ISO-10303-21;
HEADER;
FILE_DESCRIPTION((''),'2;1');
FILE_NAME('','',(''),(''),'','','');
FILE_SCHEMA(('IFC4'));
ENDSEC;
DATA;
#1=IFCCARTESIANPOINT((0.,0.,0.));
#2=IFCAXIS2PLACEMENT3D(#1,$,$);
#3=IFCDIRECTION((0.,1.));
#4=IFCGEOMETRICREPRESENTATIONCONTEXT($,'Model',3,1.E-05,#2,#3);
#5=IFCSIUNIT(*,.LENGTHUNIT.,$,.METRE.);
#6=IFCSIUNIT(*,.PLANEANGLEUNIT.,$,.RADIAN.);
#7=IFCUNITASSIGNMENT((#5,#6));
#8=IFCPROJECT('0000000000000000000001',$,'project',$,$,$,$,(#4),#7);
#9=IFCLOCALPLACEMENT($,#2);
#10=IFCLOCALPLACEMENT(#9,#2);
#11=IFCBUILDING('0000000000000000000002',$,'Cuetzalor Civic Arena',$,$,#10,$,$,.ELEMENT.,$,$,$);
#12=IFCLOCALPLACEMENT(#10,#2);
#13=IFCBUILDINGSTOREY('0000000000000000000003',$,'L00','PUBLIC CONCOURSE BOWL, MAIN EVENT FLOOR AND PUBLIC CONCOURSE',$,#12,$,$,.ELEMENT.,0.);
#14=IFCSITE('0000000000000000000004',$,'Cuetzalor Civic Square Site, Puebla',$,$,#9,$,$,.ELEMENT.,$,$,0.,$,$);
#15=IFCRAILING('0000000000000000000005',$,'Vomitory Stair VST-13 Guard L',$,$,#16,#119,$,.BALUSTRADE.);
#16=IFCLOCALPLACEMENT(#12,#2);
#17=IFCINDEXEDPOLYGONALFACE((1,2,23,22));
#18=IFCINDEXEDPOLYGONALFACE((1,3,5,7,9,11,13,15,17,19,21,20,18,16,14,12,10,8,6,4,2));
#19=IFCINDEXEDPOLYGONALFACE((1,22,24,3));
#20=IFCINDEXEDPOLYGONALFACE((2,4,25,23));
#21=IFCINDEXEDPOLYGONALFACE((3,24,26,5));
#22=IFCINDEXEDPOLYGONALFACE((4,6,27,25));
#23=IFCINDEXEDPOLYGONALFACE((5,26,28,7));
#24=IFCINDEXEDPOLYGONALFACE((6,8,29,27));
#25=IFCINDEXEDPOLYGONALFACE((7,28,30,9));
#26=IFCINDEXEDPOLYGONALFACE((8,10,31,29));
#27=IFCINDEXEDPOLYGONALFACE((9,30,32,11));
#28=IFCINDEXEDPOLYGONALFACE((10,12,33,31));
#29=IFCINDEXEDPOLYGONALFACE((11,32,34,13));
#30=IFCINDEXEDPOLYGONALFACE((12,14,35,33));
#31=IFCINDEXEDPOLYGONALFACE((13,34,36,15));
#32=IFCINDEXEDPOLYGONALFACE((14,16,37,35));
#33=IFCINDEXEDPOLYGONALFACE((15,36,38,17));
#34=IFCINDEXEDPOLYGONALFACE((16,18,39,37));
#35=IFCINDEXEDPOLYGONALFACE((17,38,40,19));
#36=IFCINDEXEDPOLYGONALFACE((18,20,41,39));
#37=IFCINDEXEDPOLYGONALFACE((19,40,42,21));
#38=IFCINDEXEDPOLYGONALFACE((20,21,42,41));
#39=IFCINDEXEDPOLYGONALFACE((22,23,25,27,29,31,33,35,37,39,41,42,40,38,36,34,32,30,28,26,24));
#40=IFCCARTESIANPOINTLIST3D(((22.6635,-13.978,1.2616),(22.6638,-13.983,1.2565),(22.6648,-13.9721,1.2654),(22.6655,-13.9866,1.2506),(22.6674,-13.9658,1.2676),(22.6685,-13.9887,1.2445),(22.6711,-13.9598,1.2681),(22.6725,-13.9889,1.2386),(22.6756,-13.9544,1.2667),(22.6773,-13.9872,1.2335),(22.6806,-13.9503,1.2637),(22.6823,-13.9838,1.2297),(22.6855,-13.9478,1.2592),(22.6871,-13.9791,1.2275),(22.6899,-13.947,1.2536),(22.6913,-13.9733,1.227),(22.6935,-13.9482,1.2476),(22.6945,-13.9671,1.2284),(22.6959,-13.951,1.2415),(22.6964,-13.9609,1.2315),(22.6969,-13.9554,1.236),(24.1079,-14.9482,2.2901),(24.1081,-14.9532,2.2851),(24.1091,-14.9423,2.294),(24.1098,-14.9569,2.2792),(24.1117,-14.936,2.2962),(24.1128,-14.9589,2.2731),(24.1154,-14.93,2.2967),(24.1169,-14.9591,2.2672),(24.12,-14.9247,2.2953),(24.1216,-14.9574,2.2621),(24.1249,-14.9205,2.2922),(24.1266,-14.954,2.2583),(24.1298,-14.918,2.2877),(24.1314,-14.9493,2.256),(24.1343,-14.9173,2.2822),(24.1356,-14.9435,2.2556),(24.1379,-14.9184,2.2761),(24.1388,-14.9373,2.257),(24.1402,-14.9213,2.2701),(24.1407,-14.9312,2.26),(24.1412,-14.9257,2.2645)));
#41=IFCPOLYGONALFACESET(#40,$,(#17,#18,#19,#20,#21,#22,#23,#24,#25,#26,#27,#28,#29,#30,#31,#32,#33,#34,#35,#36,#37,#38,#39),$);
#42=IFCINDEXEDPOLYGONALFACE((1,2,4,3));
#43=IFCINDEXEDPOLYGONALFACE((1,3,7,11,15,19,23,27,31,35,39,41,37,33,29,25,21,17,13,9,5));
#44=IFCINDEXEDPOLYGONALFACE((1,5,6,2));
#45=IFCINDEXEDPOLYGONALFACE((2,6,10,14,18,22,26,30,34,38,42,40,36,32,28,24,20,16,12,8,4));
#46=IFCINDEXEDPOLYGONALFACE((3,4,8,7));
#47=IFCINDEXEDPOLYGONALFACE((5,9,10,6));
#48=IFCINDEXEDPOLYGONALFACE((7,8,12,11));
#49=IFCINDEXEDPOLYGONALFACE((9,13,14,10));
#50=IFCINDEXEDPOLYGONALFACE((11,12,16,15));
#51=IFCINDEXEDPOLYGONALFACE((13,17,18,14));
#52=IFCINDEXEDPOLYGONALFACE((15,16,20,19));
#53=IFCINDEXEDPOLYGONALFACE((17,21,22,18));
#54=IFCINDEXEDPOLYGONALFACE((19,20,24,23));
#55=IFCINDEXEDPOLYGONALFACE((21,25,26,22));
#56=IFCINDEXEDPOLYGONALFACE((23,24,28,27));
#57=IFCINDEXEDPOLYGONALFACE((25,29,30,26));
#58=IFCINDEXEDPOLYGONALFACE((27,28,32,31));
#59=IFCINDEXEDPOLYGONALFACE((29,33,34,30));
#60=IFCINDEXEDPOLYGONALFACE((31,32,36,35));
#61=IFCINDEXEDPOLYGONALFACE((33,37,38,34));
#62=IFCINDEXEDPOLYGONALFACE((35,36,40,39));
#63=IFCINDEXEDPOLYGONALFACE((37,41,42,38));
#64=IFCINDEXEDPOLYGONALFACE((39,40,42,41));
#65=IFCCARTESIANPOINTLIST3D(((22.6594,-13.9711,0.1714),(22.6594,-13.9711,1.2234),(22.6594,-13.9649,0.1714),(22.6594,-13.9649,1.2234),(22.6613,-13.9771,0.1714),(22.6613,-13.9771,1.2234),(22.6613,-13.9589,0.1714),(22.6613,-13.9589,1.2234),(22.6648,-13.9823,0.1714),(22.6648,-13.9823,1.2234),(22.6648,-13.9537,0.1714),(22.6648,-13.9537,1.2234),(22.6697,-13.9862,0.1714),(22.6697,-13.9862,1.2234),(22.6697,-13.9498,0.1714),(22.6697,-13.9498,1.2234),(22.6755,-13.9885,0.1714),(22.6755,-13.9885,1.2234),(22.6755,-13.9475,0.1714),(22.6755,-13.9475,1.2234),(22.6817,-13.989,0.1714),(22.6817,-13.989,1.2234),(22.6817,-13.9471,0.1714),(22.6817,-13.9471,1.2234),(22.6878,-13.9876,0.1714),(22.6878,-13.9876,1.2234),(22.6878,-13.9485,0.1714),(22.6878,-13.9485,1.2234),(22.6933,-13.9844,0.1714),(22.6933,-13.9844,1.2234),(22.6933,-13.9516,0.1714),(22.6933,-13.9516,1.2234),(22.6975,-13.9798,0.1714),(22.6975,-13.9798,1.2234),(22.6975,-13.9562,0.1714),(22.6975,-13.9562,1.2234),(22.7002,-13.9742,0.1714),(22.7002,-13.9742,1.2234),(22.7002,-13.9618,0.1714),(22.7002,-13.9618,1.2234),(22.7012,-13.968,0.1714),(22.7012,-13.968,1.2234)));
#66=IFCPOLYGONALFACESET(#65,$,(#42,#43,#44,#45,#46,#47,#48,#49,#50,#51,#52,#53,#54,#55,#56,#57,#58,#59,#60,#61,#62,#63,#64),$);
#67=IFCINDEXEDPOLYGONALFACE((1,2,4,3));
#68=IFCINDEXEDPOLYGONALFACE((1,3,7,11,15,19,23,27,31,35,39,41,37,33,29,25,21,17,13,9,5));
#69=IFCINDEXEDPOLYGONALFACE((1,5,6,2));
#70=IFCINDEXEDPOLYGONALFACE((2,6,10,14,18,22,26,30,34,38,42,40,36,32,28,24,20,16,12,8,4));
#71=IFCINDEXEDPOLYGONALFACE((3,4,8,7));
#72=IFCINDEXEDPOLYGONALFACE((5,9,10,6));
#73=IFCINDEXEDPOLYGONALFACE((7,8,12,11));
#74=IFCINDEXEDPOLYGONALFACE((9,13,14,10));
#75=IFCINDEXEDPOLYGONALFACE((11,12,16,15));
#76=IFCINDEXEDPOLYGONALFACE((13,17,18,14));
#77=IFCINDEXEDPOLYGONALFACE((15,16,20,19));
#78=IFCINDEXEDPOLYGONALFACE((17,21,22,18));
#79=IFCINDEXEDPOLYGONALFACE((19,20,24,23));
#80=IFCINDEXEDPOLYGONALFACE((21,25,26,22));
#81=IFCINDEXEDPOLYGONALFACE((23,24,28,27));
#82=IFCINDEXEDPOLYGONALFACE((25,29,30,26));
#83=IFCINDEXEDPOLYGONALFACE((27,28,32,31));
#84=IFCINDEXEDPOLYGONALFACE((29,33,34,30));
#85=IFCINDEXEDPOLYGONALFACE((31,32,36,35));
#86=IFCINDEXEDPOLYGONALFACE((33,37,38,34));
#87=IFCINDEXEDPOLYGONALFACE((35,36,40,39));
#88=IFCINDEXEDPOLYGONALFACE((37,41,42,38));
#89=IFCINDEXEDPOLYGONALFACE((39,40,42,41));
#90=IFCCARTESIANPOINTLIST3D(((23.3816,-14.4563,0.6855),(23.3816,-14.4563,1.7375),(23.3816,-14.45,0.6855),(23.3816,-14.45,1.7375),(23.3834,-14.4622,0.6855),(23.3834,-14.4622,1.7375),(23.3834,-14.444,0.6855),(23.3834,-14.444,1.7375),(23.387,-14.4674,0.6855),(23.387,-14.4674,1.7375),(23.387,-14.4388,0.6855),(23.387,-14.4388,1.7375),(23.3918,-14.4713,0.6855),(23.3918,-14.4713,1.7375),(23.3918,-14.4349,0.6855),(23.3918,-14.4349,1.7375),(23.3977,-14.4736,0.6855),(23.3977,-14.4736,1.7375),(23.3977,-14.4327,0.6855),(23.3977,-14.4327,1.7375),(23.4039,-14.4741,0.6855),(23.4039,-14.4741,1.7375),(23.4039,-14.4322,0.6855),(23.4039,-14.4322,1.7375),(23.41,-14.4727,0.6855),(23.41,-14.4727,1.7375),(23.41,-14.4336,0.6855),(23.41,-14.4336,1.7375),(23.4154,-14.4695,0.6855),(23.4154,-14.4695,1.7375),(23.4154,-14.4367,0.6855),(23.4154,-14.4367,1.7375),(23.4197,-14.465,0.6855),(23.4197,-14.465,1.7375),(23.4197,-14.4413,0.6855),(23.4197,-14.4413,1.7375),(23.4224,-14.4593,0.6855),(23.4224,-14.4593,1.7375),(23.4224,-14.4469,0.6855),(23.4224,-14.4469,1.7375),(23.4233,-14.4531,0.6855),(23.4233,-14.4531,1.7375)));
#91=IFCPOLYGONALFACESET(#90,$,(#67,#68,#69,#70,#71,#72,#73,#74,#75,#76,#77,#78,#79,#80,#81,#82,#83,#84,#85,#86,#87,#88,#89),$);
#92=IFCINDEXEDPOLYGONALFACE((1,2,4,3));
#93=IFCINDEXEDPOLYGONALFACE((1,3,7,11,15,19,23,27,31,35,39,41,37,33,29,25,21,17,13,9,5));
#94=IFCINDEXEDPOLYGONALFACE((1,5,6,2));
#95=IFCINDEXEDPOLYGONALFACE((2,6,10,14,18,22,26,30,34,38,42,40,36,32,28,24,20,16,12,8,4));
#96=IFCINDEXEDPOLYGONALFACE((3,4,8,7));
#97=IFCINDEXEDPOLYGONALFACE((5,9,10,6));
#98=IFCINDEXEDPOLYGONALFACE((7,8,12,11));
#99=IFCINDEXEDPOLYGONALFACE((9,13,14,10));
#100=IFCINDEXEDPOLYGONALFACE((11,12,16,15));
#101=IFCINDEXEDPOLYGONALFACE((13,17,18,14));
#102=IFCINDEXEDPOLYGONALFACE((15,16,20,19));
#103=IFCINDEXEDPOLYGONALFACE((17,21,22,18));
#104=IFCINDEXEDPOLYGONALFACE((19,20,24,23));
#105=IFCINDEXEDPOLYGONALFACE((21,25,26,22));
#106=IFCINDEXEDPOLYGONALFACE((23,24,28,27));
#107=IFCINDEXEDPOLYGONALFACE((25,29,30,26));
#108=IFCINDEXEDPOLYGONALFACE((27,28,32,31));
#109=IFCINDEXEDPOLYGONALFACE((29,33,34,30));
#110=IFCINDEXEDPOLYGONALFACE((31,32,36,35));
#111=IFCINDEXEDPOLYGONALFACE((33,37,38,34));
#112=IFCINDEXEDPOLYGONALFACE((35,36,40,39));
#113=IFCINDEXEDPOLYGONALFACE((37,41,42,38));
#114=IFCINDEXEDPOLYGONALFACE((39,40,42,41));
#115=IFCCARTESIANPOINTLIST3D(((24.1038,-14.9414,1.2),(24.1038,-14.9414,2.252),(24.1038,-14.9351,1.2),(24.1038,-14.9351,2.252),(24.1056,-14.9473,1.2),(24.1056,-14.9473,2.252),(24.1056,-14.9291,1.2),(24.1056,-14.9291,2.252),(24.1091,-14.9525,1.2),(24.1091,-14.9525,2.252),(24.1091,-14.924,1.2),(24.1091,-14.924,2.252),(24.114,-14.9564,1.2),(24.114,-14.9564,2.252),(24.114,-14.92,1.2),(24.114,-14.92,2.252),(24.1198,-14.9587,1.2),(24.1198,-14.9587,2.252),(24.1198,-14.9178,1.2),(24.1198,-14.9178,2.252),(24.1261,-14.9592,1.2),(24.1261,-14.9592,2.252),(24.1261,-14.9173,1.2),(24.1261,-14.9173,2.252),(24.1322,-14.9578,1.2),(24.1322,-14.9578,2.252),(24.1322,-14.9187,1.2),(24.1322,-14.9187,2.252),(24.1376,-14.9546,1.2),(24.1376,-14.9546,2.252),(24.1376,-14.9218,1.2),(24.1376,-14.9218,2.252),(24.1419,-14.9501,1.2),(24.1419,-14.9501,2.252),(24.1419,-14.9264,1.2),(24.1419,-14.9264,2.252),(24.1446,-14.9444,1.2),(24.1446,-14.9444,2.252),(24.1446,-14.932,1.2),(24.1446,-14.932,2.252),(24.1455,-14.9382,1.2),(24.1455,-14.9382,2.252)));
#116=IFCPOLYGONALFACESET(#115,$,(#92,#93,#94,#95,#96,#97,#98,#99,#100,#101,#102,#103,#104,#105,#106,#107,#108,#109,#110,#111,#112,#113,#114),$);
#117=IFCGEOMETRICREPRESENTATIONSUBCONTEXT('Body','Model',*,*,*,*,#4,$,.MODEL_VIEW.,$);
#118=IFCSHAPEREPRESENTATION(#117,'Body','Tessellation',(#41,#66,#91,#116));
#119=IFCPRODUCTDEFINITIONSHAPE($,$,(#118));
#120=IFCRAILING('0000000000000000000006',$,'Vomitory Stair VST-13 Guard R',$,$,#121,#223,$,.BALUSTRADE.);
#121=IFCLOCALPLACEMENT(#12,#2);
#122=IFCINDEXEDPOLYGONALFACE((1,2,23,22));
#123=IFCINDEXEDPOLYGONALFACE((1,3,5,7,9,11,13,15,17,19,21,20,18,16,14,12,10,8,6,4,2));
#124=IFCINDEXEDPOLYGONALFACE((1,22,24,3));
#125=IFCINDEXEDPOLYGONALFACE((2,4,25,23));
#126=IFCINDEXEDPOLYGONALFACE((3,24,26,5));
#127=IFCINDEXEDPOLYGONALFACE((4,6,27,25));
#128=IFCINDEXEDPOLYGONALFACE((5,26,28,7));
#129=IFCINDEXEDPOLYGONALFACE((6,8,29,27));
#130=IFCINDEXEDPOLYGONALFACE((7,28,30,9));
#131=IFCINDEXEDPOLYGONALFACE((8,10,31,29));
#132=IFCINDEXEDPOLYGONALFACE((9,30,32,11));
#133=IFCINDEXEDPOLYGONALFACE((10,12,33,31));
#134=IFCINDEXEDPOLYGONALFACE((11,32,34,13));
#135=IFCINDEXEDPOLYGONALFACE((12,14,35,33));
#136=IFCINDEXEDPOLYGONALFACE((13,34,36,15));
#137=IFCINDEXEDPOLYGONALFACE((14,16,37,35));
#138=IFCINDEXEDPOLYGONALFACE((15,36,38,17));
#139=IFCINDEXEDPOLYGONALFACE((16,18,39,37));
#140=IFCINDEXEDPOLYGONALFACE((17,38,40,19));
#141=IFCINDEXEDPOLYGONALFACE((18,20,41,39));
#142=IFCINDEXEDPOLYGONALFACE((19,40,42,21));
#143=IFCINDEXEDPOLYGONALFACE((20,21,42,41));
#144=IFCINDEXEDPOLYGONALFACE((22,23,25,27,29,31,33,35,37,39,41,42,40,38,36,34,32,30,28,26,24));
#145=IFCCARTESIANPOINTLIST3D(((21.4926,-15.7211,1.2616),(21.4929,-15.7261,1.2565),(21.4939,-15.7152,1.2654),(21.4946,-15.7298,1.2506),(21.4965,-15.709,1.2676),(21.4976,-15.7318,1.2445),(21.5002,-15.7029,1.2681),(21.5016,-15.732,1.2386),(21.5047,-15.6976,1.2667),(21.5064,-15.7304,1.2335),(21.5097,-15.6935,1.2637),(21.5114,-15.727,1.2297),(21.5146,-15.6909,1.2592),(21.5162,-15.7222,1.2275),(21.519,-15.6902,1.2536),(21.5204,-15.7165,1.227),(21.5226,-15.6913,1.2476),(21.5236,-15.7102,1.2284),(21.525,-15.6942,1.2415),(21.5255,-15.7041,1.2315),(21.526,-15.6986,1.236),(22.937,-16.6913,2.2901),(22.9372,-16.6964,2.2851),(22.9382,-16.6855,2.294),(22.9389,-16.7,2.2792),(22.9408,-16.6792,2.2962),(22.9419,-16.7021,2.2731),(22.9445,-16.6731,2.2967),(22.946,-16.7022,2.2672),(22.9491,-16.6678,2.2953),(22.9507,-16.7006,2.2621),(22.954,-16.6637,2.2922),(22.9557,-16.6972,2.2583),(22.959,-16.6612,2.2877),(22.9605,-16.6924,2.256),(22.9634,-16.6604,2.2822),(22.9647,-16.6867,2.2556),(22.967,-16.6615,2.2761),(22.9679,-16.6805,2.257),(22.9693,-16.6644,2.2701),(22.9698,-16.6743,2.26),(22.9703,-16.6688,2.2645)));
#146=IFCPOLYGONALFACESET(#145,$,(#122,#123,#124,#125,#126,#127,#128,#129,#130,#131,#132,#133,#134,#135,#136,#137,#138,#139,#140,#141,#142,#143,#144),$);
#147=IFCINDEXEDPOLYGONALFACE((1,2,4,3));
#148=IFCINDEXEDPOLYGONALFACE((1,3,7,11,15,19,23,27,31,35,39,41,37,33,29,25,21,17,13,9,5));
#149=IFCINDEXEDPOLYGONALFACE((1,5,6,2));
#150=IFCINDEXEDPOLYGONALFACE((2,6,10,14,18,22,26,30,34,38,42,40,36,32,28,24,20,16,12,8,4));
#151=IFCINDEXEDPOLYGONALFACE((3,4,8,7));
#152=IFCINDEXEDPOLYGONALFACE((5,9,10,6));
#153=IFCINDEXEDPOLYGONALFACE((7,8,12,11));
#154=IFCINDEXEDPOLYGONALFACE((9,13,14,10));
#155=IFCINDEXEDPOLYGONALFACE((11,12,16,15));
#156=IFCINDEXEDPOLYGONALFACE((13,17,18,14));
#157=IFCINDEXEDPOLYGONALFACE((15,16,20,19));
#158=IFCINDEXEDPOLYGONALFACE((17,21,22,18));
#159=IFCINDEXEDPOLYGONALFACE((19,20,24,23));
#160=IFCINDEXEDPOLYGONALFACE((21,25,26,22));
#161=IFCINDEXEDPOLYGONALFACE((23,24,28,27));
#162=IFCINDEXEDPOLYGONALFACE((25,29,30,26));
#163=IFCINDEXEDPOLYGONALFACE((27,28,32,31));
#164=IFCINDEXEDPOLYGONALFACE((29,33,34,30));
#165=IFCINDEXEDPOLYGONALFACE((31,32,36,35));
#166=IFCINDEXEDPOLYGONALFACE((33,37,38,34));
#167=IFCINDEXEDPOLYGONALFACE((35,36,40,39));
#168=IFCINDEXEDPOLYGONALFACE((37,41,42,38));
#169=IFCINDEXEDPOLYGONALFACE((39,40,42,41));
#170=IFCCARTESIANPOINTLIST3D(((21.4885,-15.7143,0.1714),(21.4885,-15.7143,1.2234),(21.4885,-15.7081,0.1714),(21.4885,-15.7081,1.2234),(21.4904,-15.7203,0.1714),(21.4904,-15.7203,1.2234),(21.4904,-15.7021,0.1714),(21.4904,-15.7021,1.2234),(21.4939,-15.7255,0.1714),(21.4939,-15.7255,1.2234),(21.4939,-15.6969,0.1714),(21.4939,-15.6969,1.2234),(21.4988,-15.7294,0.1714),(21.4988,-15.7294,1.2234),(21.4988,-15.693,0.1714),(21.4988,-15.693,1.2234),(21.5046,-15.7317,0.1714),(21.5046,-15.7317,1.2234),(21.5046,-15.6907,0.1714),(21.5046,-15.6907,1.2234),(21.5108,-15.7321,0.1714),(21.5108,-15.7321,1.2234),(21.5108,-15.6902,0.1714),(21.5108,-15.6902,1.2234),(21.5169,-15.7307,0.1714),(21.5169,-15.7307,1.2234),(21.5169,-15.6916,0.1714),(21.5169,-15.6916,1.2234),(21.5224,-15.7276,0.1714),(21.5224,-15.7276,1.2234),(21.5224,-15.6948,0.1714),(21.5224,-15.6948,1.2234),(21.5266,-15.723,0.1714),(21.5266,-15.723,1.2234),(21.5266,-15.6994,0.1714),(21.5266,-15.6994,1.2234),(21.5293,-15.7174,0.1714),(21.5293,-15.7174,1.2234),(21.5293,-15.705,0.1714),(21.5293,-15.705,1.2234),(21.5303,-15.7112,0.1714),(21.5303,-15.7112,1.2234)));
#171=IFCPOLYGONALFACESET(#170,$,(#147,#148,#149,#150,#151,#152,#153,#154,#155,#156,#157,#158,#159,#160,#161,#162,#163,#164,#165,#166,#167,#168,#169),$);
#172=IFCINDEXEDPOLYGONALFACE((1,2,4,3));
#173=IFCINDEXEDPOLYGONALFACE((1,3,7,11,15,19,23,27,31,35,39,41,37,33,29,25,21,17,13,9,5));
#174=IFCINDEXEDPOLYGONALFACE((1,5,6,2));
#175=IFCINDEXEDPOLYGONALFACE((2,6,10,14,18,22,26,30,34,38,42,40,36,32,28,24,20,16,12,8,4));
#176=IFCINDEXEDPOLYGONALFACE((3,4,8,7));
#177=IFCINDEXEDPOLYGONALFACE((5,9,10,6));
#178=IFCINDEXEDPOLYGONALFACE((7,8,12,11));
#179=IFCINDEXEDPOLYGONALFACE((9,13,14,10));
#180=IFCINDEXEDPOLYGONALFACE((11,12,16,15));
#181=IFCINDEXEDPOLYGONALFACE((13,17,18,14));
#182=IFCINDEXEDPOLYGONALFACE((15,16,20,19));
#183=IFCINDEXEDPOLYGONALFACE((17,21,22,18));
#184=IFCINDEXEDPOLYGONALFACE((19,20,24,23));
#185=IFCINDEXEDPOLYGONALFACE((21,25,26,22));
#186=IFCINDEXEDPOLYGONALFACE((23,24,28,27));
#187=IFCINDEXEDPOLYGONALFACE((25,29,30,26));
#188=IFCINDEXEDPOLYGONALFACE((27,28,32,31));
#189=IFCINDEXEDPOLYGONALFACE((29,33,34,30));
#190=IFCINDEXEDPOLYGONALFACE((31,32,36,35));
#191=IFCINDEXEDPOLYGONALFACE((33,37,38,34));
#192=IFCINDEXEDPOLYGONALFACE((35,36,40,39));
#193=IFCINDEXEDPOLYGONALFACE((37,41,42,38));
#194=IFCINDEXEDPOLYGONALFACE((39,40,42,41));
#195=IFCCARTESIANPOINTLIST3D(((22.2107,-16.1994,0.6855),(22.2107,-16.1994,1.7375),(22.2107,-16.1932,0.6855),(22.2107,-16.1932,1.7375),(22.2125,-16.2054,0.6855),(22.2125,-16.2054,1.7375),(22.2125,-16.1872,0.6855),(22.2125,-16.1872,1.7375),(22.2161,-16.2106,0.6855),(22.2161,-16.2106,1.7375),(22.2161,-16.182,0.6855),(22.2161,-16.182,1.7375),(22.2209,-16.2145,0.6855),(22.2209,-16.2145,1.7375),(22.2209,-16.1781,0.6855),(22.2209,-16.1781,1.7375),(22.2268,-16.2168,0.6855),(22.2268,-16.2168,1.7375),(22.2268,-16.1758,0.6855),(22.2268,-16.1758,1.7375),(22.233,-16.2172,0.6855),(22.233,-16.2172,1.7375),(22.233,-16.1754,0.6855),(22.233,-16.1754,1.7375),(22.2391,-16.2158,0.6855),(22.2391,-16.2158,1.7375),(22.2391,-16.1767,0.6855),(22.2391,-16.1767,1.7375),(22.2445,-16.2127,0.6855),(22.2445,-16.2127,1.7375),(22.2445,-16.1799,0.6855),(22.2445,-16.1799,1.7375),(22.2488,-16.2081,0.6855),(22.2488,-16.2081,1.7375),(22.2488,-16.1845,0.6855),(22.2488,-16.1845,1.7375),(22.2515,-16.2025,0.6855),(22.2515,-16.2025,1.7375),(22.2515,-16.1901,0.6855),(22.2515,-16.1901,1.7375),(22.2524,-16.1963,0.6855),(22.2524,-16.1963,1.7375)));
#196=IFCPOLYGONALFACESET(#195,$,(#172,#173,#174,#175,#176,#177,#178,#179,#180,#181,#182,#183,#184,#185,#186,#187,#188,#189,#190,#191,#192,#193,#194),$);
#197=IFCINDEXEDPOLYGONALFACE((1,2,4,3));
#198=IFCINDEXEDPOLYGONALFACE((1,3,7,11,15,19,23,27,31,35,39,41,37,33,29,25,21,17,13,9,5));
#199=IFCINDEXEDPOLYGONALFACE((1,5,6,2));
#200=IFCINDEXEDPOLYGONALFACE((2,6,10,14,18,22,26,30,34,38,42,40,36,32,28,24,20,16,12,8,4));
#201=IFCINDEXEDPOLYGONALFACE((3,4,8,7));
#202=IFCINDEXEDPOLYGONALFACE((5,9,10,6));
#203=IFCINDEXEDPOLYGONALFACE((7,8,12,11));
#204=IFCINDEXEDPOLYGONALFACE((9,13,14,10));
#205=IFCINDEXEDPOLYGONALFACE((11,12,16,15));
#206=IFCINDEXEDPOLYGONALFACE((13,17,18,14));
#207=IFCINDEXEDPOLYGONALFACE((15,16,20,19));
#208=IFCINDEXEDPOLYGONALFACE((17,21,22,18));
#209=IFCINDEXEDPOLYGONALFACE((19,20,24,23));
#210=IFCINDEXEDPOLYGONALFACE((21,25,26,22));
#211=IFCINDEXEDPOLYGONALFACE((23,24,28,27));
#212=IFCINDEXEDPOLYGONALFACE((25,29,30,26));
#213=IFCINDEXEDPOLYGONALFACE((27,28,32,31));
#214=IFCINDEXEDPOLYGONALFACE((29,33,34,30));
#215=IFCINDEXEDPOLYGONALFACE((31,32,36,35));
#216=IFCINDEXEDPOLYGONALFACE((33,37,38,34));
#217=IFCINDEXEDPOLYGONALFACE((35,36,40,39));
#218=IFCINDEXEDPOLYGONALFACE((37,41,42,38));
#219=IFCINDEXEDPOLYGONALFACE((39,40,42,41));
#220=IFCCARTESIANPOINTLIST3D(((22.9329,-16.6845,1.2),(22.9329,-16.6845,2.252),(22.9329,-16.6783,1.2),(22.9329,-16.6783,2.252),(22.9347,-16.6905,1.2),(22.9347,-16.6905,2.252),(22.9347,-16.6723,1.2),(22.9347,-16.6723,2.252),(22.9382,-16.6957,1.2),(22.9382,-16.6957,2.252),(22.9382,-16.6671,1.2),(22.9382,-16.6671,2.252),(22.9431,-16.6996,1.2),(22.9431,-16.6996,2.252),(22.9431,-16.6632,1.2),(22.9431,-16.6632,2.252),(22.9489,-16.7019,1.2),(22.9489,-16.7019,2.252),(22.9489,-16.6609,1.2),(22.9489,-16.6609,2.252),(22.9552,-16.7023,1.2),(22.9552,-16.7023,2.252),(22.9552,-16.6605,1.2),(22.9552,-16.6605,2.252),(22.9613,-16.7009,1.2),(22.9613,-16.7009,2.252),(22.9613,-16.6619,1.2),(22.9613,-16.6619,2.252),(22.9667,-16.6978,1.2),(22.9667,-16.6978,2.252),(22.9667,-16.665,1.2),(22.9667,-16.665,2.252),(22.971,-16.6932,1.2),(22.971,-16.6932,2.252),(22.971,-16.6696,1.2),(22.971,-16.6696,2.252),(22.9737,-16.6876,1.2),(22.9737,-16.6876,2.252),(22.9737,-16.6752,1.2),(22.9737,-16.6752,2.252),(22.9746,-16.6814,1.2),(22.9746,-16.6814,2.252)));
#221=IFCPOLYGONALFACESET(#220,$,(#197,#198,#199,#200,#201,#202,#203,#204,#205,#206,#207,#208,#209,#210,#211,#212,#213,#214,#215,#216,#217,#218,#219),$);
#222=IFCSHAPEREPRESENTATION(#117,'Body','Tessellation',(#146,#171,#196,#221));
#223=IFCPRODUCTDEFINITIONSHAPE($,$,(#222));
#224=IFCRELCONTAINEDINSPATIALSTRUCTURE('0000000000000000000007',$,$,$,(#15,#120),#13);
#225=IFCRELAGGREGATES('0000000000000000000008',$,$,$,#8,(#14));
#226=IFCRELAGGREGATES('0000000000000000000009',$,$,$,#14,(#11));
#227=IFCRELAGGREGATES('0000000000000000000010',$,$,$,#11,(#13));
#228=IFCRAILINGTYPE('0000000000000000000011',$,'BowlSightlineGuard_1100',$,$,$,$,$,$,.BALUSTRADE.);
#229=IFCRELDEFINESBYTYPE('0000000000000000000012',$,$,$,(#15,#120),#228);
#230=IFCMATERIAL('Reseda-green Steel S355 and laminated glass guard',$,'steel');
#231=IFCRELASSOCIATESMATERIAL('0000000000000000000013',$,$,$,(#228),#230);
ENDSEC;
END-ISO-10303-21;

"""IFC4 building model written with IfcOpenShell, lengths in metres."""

from ifc_helpers import new_model, si_unit, direction, frame, origin, origin_2d, place, context, subcontext, project, spatial, circle, extrude, material, type_object, element, save


model = new_model("IFC4")

# Units and contexts
model_context = context("Model", 3, precision=1e-05, world=origin(), true_north=direction((0.0, 1.0)))
body_context = subcontext(model_context, "Body", "Model", "MODEL_VIEW")
ifc_project = project(units=[si_unit("LENGTHUNIT", "METRE"), si_unit("PLANEANGLEUNIT", "RADIAN")], contexts=[model_context])

# Site, building, storey
site_placement = place(None, origin())
site = spatial("IfcSite", under=ifc_project, at=site_placement, Name="Cuetzalor Civic Square Site, Puebla", CompositionType="ELEMENT", RefElevation=0.0)
building_placement = place(site_placement, origin())
building = spatial("IfcBuilding", under=site, at=building_placement, Name="Cuetzalor Civic Arena", CompositionType="ELEMENT")
storey_placement = place(building_placement, origin())
storey = spatial("IfcBuildingStorey", under=building, at=storey_placement, Name="L00", Description="PUBLIC CONCOURSE BOWL, MAIN EVENT FLOOR AND PUBLIC CONCOURSE", CompositionType="ELEMENT", Elevation=0.0)

# Railings
ifc_material_1 = material(Name="Reseda-green Steel S355 and laminated glass guard", Category="steel")
railing_type_1 = type_object("IfcRailingType", Name="BowlSightlineGuard_1100", PredefinedType="BALUSTRADE", material=ifc_material_1)
for number, where, name in (
    (1, (22.6802, -13.968, 0.1714), "Vomitory Stair VST-13 Guard L"),
    (2, (21.5093, -15.7112, 0.1714), "Vomitory Stair VST-13 Guard R"),
):
    element("IfcRailing", number, at=place(storey_placement, frame(where)), inside=storey, type_object=railing_type_1, Name=name, PredefinedType="BALUSTRADE", context=body_context, shape_type="SweptSolid", body=[
        extrude(circle(Radius=0.0239, at=origin_2d()), frame((0.0, 0.0, 1.0762), z_axis=(0.714583, -0.480012, 0.508881), x_axis=(0.557611, 0.830102, 0.0)), (0.0, 0.0, 1.0), 2.0212),
        extrude(circle(Radius=0.021, at=origin_2d()), origin(), (0.0, 0.0, 1.0), 1.052),
        extrude(circle(Radius=0.021, at=origin_2d()), frame((0.7222, -0.4851, 0.5142)), (0.0, 0.0, 1.0), 1.052),
        extrude(circle(Radius=0.021, at=origin_2d()), frame((1.4443, -0.9702, 1.0286)), (0.0, 0.0, 1.0), 1.052),
    ])

save(model, "model.ifc")
